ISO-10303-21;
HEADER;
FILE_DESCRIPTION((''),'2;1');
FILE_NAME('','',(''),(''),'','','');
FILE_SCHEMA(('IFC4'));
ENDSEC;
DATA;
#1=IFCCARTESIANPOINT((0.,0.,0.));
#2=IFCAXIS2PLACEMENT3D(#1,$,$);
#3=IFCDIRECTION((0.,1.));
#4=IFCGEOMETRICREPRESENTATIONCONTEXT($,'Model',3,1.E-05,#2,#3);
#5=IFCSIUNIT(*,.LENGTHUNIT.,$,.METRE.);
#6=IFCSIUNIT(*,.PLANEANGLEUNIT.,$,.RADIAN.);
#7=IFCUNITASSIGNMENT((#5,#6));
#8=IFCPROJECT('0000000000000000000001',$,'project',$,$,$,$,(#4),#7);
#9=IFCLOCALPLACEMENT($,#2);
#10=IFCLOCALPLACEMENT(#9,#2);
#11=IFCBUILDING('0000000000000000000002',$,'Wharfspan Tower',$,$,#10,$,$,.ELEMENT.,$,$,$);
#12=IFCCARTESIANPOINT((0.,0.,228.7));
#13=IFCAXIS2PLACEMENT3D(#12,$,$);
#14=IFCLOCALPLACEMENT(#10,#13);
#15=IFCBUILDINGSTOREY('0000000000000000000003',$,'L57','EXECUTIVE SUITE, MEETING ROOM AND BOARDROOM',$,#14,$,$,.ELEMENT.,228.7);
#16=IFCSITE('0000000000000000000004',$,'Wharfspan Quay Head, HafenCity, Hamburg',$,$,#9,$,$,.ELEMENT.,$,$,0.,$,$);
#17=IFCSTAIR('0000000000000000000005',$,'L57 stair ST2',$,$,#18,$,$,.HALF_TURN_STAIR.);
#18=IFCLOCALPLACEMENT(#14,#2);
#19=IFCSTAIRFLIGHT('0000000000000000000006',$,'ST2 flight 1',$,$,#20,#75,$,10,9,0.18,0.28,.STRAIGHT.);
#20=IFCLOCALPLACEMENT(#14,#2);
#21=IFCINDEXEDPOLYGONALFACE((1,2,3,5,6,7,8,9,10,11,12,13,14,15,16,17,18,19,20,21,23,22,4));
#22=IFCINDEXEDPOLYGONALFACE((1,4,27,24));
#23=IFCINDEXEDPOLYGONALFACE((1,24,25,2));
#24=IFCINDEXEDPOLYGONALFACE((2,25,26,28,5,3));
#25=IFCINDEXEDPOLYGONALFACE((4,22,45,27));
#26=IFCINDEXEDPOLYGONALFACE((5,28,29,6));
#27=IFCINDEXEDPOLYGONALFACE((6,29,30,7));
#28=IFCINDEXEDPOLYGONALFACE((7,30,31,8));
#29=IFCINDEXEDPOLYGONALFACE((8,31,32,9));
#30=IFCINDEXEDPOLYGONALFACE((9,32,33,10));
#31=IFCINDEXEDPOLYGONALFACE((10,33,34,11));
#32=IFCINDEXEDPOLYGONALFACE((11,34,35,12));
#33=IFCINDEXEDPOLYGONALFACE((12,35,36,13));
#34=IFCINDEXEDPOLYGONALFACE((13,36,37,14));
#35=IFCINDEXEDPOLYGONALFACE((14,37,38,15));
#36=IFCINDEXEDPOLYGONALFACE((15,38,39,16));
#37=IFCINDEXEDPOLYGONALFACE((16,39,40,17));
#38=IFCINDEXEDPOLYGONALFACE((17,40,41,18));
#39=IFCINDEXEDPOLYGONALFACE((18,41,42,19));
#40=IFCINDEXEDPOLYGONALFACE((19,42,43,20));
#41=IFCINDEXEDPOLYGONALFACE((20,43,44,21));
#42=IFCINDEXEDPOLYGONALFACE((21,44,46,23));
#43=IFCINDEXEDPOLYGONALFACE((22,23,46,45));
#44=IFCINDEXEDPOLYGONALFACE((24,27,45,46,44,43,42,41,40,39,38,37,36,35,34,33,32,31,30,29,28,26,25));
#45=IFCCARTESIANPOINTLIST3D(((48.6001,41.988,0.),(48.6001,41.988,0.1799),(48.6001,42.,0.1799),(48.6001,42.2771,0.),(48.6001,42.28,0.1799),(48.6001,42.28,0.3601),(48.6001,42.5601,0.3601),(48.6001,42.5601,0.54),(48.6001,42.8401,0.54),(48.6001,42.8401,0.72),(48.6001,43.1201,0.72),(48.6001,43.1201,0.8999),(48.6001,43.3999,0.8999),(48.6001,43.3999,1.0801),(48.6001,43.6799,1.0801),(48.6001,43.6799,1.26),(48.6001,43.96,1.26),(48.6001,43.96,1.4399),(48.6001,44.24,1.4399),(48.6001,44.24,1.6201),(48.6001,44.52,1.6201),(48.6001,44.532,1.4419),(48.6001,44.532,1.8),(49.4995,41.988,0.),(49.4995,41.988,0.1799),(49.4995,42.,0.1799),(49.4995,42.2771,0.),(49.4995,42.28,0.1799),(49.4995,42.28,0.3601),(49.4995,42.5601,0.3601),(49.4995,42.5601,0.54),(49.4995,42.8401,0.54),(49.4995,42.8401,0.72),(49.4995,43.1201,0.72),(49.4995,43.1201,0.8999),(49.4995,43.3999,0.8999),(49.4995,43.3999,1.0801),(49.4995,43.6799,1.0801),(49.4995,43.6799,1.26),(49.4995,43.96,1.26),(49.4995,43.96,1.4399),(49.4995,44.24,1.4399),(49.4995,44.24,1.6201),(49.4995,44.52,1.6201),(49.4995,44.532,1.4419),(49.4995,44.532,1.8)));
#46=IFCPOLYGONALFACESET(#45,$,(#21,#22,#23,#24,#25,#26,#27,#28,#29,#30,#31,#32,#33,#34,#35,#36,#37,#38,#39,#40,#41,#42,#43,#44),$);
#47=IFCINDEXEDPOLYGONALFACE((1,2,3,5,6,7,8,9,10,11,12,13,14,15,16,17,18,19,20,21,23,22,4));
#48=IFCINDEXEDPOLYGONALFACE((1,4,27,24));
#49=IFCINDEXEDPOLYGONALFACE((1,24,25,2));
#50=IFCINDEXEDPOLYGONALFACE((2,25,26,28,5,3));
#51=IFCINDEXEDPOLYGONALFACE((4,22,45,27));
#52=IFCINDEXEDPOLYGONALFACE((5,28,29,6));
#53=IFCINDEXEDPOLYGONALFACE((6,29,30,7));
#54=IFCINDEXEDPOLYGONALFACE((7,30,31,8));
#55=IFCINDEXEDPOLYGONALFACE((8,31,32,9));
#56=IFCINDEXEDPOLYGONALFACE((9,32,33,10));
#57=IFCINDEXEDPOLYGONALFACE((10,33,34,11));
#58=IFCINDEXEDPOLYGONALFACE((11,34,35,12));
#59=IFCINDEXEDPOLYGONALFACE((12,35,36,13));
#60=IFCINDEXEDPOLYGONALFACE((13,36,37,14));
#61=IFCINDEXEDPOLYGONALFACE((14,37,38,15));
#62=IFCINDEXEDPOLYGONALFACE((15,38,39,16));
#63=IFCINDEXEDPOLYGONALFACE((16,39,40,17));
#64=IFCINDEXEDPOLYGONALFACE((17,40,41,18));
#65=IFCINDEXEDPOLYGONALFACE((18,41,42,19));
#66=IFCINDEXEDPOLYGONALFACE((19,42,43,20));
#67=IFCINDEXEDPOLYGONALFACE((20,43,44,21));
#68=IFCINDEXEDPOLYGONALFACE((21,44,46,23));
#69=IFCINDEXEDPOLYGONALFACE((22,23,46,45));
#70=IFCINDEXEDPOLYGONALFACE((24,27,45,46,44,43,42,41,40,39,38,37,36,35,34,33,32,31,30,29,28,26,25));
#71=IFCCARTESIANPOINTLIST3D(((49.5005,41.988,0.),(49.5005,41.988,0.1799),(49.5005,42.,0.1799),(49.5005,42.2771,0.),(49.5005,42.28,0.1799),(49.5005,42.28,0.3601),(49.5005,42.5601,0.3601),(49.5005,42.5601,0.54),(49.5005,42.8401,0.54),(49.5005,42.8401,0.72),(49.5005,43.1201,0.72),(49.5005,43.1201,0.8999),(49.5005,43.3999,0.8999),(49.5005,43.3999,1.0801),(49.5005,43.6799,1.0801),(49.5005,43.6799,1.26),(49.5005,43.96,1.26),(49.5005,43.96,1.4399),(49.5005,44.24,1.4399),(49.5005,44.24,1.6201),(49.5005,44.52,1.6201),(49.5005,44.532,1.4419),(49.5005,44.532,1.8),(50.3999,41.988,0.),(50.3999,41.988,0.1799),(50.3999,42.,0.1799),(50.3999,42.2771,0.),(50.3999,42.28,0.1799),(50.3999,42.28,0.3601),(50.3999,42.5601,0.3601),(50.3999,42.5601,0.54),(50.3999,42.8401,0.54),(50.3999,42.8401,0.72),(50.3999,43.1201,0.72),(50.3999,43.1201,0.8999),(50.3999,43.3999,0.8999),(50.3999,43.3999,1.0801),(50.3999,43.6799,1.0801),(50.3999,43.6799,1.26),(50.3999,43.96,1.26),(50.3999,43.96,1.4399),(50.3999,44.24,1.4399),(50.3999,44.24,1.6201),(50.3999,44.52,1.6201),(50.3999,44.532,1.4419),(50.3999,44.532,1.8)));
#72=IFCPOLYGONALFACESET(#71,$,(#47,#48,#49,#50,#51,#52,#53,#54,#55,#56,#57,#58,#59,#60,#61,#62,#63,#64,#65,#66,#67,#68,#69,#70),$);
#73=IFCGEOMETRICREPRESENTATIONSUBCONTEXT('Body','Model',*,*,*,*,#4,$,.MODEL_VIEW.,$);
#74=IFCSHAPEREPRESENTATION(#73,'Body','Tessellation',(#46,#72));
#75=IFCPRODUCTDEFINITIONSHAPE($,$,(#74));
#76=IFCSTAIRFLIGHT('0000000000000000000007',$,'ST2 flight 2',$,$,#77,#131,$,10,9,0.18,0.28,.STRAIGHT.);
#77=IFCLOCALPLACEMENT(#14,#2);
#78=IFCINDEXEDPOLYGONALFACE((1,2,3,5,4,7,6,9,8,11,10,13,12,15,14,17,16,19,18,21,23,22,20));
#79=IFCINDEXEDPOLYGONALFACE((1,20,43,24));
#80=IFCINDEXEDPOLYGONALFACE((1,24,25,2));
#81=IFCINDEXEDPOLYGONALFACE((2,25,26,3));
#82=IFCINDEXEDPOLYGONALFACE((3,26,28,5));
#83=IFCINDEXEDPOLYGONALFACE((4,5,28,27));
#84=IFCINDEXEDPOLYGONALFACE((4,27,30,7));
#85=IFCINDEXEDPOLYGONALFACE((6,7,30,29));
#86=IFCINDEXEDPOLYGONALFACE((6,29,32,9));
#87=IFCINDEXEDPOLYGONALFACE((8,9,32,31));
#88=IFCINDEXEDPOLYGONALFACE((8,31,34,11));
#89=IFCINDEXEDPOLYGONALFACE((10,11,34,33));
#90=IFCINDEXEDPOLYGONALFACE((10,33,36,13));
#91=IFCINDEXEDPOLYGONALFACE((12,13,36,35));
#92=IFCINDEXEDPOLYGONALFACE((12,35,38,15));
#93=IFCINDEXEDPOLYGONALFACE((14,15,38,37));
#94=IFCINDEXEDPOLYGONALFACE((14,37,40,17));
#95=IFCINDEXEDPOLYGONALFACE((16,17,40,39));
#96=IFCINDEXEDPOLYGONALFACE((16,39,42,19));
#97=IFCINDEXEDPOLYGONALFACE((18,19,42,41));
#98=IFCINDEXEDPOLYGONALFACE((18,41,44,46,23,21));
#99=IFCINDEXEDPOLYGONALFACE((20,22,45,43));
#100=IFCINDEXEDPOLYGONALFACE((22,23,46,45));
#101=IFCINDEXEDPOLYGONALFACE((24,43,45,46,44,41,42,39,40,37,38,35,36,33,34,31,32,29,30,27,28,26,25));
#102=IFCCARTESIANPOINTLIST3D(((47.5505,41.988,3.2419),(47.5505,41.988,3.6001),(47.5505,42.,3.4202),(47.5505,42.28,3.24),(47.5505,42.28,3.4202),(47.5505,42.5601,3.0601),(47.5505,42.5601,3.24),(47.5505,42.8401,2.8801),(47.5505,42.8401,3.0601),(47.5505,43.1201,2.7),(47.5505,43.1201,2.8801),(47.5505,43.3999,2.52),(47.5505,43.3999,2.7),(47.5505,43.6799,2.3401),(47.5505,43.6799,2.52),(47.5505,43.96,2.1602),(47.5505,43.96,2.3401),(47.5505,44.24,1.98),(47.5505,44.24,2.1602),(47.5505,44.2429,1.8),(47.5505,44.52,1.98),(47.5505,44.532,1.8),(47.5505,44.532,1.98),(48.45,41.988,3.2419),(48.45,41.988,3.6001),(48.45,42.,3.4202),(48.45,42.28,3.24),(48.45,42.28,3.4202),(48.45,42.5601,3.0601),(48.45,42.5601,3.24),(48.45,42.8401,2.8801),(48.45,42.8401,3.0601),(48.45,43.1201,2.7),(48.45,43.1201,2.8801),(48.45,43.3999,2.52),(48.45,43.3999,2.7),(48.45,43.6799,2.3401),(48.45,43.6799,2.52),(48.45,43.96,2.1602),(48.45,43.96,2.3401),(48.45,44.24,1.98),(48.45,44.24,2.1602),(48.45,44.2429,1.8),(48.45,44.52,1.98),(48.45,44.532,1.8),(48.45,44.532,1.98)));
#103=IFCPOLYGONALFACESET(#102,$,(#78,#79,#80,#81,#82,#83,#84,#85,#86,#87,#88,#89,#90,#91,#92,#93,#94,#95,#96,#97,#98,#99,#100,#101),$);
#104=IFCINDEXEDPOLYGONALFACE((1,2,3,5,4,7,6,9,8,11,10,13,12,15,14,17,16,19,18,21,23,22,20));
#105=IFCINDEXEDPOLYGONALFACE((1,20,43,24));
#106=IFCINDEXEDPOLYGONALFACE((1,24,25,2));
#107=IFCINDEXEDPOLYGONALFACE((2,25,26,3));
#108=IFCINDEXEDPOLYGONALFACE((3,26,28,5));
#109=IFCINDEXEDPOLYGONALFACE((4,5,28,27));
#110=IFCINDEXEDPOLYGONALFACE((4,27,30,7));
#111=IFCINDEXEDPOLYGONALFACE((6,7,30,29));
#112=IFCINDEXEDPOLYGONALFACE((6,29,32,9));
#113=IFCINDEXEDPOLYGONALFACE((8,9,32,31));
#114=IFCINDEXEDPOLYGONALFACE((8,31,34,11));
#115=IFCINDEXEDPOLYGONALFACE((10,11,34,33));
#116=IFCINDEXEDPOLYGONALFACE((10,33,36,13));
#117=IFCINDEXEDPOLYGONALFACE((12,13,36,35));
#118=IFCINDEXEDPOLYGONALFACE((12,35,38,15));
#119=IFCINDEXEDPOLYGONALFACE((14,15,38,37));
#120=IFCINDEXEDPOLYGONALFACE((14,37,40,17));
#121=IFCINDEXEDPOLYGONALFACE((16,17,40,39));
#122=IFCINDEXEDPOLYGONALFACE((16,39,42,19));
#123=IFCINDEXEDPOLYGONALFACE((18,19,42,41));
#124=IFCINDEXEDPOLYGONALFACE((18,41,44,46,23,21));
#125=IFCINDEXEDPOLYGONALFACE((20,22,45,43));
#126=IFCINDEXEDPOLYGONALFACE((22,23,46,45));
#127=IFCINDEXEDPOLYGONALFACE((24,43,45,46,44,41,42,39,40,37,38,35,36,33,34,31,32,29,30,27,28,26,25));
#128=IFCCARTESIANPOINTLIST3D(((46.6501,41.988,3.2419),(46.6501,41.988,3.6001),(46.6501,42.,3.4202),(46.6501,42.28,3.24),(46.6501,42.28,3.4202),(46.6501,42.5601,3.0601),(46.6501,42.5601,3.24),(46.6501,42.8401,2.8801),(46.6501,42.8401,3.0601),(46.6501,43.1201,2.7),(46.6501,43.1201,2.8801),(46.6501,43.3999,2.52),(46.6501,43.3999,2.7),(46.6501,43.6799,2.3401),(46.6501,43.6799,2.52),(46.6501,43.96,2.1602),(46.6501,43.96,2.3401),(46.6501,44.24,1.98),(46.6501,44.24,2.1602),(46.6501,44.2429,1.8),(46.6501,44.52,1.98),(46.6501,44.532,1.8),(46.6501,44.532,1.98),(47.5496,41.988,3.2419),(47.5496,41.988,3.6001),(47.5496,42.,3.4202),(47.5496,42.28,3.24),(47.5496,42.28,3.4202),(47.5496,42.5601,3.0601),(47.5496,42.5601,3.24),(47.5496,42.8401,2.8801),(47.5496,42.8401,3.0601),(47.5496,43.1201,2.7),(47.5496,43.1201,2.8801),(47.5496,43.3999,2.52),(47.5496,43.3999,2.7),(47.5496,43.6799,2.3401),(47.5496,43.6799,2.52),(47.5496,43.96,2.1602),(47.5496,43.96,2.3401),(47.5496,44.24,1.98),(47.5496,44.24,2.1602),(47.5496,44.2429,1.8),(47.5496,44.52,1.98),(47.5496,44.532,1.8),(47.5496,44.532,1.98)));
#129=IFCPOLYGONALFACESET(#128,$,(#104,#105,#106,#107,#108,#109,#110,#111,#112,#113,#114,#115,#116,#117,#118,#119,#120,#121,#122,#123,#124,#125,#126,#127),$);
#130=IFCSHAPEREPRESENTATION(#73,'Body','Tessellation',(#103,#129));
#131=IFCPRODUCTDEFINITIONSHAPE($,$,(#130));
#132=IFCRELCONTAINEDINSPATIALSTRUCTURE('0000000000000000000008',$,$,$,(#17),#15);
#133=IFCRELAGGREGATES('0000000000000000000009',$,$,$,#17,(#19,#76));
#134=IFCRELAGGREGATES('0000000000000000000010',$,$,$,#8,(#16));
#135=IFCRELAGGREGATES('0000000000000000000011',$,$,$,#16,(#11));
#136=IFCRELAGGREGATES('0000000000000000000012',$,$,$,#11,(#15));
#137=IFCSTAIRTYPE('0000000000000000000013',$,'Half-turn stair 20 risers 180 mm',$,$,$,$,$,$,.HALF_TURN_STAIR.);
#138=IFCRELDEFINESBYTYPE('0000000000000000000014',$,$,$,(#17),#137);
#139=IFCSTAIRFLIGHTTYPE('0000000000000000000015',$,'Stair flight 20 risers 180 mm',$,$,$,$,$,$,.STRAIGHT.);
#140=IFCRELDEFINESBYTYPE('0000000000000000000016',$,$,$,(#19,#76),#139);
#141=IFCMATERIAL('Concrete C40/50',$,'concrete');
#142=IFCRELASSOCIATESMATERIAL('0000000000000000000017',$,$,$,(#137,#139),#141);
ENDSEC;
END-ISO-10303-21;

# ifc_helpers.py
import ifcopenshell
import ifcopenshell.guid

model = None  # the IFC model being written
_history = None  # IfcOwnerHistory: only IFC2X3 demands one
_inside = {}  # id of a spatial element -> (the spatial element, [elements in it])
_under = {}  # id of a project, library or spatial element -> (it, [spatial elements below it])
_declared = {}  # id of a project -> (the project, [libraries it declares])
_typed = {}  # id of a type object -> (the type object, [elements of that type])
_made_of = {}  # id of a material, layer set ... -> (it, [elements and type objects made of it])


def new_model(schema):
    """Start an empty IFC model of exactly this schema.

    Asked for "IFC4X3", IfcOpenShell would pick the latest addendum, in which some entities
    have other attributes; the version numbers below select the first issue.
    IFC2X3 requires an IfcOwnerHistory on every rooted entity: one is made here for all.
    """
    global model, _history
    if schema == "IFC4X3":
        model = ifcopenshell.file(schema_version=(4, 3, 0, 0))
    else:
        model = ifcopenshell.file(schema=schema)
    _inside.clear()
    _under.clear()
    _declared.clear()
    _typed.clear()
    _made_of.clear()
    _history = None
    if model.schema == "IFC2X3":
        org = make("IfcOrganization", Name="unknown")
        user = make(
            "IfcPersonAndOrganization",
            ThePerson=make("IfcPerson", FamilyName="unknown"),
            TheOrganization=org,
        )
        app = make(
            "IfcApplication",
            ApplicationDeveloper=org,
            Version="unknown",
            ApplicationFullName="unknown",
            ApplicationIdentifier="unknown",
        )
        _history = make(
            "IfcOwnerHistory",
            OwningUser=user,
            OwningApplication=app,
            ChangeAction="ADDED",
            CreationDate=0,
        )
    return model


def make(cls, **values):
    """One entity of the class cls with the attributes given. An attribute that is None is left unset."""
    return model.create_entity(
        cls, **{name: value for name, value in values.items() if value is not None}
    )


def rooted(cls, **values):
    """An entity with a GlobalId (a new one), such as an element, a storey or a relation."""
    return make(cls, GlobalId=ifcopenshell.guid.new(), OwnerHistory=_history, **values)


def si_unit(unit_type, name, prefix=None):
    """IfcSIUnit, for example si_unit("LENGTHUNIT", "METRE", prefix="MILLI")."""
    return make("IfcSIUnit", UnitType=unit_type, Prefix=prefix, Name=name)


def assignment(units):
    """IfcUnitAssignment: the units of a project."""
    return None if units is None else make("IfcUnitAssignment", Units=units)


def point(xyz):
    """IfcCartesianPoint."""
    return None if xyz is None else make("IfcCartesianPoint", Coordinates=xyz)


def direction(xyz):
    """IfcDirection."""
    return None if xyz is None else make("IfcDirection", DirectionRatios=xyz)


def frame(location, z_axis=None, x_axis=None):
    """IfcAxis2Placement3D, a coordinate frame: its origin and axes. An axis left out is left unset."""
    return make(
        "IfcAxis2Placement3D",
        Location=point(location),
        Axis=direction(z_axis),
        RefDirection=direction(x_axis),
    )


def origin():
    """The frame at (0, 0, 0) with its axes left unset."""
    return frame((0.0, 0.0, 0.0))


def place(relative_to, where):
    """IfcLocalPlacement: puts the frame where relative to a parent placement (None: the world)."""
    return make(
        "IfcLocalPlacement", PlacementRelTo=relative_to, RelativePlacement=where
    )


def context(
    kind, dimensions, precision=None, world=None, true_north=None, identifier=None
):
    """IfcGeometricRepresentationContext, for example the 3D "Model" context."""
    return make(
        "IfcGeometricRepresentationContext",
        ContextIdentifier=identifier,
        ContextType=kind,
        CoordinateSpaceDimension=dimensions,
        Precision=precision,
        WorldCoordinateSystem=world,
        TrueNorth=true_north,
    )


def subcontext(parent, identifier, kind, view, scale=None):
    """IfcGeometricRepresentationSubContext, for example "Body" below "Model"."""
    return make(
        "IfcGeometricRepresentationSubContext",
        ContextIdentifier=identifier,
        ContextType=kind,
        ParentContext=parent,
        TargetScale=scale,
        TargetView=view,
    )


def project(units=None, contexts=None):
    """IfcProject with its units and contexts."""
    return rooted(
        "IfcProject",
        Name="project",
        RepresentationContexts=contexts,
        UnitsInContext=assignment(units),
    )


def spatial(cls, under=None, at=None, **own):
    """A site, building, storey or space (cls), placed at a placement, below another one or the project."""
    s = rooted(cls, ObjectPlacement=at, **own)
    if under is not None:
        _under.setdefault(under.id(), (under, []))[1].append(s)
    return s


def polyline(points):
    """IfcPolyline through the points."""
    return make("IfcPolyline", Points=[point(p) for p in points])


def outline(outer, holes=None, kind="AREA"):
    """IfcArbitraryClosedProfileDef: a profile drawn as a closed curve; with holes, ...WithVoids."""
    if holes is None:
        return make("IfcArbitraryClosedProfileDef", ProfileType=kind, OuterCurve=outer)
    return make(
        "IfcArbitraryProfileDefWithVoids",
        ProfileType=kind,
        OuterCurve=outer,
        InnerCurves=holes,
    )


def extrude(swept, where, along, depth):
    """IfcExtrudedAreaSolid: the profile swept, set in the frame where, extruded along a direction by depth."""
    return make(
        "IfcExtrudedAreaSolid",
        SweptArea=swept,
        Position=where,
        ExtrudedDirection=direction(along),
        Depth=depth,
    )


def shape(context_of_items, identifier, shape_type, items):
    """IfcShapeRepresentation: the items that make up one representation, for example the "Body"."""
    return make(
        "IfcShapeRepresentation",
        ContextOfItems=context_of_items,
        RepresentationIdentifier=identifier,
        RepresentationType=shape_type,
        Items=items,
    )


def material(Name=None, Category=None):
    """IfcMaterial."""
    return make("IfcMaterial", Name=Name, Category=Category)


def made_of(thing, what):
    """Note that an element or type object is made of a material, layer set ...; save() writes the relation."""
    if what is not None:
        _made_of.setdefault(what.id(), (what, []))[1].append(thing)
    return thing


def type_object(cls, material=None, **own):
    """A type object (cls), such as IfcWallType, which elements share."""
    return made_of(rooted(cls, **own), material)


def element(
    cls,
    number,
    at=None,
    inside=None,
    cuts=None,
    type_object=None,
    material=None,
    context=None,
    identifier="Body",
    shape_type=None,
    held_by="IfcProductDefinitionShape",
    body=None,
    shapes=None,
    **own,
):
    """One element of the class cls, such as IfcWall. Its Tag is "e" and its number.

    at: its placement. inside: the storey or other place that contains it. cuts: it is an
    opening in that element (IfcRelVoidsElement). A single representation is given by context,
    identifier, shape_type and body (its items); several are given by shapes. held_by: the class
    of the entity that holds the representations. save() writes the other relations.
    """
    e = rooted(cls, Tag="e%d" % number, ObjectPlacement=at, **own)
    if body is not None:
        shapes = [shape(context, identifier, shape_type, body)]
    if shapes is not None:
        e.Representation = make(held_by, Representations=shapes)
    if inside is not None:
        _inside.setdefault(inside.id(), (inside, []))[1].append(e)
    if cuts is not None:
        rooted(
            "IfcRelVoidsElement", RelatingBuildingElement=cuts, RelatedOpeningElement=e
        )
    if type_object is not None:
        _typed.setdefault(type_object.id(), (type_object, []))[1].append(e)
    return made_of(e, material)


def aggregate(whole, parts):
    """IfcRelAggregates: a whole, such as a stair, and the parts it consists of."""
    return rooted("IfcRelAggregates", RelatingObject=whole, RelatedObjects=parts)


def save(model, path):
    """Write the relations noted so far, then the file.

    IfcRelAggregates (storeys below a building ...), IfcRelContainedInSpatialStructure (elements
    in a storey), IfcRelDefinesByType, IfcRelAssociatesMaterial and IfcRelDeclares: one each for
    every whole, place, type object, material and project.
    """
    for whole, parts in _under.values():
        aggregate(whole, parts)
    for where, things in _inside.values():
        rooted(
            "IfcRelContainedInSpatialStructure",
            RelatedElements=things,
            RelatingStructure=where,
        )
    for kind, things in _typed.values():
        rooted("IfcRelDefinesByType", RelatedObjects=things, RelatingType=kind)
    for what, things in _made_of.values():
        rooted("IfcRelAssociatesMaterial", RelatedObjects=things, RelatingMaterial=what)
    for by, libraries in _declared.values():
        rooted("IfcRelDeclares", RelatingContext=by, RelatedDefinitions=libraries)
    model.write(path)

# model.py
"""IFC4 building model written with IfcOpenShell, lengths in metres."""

from ifc_helpers import new_model, si_unit, direction, frame, origin, place, context, subcontext, project, spatial, polyline, outline, extrude, material, type_object, element, aggregate, save


model = new_model("IFC4")

# Units and contexts
model_context = context("Model", 3, precision=1e-05, world=origin(), true_north=direction((0.0, 1.0)))
body_context = subcontext(model_context, "Body", "Model", "MODEL_VIEW")
ifc_project = project(units=[si_unit("LENGTHUNIT", "METRE"), si_unit("PLANEANGLEUNIT", "RADIAN")], contexts=[model_context])

# Site, building, storey
site_placement = place(None, origin())
site = spatial("IfcSite", under=ifc_project, at=site_placement, Name="Wharfspan Quay Head, HafenCity, Hamburg", CompositionType="ELEMENT", RefElevation=0.0)
building_placement = place(site_placement, origin())
building = spatial("IfcBuilding", under=site, at=building_placement, Name="Wharfspan Tower", CompositionType="ELEMENT")
storey_placement = place(building_placement, frame((0.0, 0.0, 228.7)))
storey = spatial("IfcBuildingStorey", under=building, at=storey_placement, Name="L57", Description="EXECUTIVE SUITE, MEETING ROOM AND BOARDROOM", CompositionType="ELEMENT", Elevation=228.7)

# Shared definitions
ifc_material_1 = material(Name="Concrete C40/50", Category="concrete")

# Stair, stair flights
stair_type = type_object("IfcStairType", Name="Half-turn stair 20 risers 180 mm", PredefinedType="HALF_TURN_STAIR", material=ifc_material_1)
stair_placement = place(storey_placement, origin())
stair = element("IfcStair", 1, at=stair_placement, inside=storey, type_object=stair_type, Name="L57 stair ST2", PredefinedType="HALF_TURN_STAIR")
stair_flight_type = type_object("IfcStairFlightType", Name="Stair flight 20 risers 180 mm", PredefinedType="STRAIGHT", material=ifc_material_1)
stair_flight_1_placement = place(storey_placement, frame((49.5, 42.0, 0.0), z_axis=(0.0, 0.0, 1.0), x_axis=(0.0, 1.0, 0.0)))
stair_flight_1 = element("IfcStairFlight", 2, at=stair_flight_1_placement, type_object=stair_flight_type, Name="ST2 flight 1", NumberOfRisers=10, NumberOfTreads=9, PredefinedType="STRAIGHT", RiserHeight=0.18, TreadLength=0.28, context=body_context, shape_type="SweptSolid", body=[
    extrude(outline(polyline([(-0.012, 0.0), (-0.012, 0.1799), (0.0, 0.1799), (0.28, 0.1799), (0.28, 0.3601), (0.5601, 0.3601), (0.5601, 0.54), (0.8401, 0.54), (0.8401, 0.72), (1.1201, 0.72), (1.1201, 0.8999), (1.3999, 0.8999), (1.3999, 1.0801), (1.6799, 1.0801), (1.6799, 1.26), (1.96, 1.26), (1.96, 1.4399), (2.24, 1.4399), (2.24, 1.6201), (2.52, 1.6201), (2.532, 1.8), (2.532, 1.4419), (0.2771, 0.0), (-0.012, 0.0)])), frame((0.0, 0.8999, 0.0), z_axis=(0.0, -1.0, 0.0), x_axis=(1.0, 0.0, 0.0)), (0.0, 0.0, 1.0), 0.8994),
    extrude(outline(polyline([(-0.012, 0.0), (-0.012, 0.1799), (0.0, 0.1799), (0.28, 0.1799), (0.28, 0.3601), (0.5601, 0.3601), (0.5601, 0.54), (0.8401, 0.54), (0.8401, 0.72), (1.1201, 0.72), (1.1201, 0.8999), (1.3999, 0.8999), (1.3999, 1.0801), (1.6799, 1.0801), (1.6799, 1.26), (1.96, 1.26), (1.96, 1.4399), (2.24, 1.4399), (2.24, 1.6201), (2.52, 1.6201), (2.532, 1.8), (2.532, 1.4419), (0.2771, 0.0), (-0.012, 0.0)])), frame((0.0, -0.0005, 0.0), z_axis=(0.0, -1.0, 0.0), x_axis=(1.0, 0.0, 0.0)), (0.0, 0.0, 1.0), 0.8994),
])
stair_flight_2_placement = place(storey_placement, frame((47.55, 44.52, 1.8), z_axis=(0.0, 0.0, 1.0), x_axis=(0.0, -1.0, 0.0)))
stair_flight_2 = element("IfcStairFlight", 3, at=stair_flight_2_placement, type_object=stair_flight_type, Name="ST2 flight 2", NumberOfRisers=10, NumberOfTreads=9, PredefinedType="STRAIGHT", RiserHeight=0.18, TreadLength=0.28, context=body_context, shape_type="SweptSolid", body=[
    extrude(outline(polyline([(-0.012, 0.0), (-0.012, 0.1799), (0.0, 0.1799), (0.28, 0.1799), (0.28, 0.3601), (0.5601, 0.3601), (0.5601, 0.54), (0.8401, 0.54), (0.8401, 0.72), (1.1201, 0.72), (1.1201, 0.8999), (1.3999, 0.8999), (1.3999, 1.0801), (1.6799, 1.0801), (1.6799, 1.26), (1.96, 1.26), (1.96, 1.4399), (2.24, 1.4399), (2.24, 1.6201), (2.52, 1.6201), (2.532, 1.8), (2.532, 1.4419), (0.2771, 0.0), (-0.012, 0.0)])), frame((0.0, 0.8999, 0.0), z_axis=(0.0, -1.0, 0.0), x_axis=(1.0, 0.0, 0.0)), (0.0, 0.0, 1.0), 0.8994),
    extrude(outline(polyline([(-0.012, 0.0), (-0.012, 0.1799), (0.0, 0.1799), (0.28, 0.1799), (0.28, 0.3601), (0.5601, 0.3601), (0.5601, 0.54), (0.8401, 0.54), (0.8401, 0.72), (1.1201, 0.72), (1.1201, 0.8999), (1.3999, 0.8999), (1.3999, 1.0801), (1.6799, 1.0801), (1.6799, 1.26), (1.96, 1.26), (1.96, 1.4399), (2.24, 1.4399), (2.24, 1.6201), (2.52, 1.6201), (2.532, 1.8), (2.532, 1.4419), (0.2771, 0.0), (-0.012, 0.0)])), frame((0.0, -0.0005, 0.0), z_axis=(0.0, -1.0, 0.0), x_axis=(1.0, 0.0, 0.0)), (0.0, 0.0, 1.0), 0.8994),
])
aggregate(stair, [stair_flight_1, stair_flight_2])

save(model, "model.ifc")
